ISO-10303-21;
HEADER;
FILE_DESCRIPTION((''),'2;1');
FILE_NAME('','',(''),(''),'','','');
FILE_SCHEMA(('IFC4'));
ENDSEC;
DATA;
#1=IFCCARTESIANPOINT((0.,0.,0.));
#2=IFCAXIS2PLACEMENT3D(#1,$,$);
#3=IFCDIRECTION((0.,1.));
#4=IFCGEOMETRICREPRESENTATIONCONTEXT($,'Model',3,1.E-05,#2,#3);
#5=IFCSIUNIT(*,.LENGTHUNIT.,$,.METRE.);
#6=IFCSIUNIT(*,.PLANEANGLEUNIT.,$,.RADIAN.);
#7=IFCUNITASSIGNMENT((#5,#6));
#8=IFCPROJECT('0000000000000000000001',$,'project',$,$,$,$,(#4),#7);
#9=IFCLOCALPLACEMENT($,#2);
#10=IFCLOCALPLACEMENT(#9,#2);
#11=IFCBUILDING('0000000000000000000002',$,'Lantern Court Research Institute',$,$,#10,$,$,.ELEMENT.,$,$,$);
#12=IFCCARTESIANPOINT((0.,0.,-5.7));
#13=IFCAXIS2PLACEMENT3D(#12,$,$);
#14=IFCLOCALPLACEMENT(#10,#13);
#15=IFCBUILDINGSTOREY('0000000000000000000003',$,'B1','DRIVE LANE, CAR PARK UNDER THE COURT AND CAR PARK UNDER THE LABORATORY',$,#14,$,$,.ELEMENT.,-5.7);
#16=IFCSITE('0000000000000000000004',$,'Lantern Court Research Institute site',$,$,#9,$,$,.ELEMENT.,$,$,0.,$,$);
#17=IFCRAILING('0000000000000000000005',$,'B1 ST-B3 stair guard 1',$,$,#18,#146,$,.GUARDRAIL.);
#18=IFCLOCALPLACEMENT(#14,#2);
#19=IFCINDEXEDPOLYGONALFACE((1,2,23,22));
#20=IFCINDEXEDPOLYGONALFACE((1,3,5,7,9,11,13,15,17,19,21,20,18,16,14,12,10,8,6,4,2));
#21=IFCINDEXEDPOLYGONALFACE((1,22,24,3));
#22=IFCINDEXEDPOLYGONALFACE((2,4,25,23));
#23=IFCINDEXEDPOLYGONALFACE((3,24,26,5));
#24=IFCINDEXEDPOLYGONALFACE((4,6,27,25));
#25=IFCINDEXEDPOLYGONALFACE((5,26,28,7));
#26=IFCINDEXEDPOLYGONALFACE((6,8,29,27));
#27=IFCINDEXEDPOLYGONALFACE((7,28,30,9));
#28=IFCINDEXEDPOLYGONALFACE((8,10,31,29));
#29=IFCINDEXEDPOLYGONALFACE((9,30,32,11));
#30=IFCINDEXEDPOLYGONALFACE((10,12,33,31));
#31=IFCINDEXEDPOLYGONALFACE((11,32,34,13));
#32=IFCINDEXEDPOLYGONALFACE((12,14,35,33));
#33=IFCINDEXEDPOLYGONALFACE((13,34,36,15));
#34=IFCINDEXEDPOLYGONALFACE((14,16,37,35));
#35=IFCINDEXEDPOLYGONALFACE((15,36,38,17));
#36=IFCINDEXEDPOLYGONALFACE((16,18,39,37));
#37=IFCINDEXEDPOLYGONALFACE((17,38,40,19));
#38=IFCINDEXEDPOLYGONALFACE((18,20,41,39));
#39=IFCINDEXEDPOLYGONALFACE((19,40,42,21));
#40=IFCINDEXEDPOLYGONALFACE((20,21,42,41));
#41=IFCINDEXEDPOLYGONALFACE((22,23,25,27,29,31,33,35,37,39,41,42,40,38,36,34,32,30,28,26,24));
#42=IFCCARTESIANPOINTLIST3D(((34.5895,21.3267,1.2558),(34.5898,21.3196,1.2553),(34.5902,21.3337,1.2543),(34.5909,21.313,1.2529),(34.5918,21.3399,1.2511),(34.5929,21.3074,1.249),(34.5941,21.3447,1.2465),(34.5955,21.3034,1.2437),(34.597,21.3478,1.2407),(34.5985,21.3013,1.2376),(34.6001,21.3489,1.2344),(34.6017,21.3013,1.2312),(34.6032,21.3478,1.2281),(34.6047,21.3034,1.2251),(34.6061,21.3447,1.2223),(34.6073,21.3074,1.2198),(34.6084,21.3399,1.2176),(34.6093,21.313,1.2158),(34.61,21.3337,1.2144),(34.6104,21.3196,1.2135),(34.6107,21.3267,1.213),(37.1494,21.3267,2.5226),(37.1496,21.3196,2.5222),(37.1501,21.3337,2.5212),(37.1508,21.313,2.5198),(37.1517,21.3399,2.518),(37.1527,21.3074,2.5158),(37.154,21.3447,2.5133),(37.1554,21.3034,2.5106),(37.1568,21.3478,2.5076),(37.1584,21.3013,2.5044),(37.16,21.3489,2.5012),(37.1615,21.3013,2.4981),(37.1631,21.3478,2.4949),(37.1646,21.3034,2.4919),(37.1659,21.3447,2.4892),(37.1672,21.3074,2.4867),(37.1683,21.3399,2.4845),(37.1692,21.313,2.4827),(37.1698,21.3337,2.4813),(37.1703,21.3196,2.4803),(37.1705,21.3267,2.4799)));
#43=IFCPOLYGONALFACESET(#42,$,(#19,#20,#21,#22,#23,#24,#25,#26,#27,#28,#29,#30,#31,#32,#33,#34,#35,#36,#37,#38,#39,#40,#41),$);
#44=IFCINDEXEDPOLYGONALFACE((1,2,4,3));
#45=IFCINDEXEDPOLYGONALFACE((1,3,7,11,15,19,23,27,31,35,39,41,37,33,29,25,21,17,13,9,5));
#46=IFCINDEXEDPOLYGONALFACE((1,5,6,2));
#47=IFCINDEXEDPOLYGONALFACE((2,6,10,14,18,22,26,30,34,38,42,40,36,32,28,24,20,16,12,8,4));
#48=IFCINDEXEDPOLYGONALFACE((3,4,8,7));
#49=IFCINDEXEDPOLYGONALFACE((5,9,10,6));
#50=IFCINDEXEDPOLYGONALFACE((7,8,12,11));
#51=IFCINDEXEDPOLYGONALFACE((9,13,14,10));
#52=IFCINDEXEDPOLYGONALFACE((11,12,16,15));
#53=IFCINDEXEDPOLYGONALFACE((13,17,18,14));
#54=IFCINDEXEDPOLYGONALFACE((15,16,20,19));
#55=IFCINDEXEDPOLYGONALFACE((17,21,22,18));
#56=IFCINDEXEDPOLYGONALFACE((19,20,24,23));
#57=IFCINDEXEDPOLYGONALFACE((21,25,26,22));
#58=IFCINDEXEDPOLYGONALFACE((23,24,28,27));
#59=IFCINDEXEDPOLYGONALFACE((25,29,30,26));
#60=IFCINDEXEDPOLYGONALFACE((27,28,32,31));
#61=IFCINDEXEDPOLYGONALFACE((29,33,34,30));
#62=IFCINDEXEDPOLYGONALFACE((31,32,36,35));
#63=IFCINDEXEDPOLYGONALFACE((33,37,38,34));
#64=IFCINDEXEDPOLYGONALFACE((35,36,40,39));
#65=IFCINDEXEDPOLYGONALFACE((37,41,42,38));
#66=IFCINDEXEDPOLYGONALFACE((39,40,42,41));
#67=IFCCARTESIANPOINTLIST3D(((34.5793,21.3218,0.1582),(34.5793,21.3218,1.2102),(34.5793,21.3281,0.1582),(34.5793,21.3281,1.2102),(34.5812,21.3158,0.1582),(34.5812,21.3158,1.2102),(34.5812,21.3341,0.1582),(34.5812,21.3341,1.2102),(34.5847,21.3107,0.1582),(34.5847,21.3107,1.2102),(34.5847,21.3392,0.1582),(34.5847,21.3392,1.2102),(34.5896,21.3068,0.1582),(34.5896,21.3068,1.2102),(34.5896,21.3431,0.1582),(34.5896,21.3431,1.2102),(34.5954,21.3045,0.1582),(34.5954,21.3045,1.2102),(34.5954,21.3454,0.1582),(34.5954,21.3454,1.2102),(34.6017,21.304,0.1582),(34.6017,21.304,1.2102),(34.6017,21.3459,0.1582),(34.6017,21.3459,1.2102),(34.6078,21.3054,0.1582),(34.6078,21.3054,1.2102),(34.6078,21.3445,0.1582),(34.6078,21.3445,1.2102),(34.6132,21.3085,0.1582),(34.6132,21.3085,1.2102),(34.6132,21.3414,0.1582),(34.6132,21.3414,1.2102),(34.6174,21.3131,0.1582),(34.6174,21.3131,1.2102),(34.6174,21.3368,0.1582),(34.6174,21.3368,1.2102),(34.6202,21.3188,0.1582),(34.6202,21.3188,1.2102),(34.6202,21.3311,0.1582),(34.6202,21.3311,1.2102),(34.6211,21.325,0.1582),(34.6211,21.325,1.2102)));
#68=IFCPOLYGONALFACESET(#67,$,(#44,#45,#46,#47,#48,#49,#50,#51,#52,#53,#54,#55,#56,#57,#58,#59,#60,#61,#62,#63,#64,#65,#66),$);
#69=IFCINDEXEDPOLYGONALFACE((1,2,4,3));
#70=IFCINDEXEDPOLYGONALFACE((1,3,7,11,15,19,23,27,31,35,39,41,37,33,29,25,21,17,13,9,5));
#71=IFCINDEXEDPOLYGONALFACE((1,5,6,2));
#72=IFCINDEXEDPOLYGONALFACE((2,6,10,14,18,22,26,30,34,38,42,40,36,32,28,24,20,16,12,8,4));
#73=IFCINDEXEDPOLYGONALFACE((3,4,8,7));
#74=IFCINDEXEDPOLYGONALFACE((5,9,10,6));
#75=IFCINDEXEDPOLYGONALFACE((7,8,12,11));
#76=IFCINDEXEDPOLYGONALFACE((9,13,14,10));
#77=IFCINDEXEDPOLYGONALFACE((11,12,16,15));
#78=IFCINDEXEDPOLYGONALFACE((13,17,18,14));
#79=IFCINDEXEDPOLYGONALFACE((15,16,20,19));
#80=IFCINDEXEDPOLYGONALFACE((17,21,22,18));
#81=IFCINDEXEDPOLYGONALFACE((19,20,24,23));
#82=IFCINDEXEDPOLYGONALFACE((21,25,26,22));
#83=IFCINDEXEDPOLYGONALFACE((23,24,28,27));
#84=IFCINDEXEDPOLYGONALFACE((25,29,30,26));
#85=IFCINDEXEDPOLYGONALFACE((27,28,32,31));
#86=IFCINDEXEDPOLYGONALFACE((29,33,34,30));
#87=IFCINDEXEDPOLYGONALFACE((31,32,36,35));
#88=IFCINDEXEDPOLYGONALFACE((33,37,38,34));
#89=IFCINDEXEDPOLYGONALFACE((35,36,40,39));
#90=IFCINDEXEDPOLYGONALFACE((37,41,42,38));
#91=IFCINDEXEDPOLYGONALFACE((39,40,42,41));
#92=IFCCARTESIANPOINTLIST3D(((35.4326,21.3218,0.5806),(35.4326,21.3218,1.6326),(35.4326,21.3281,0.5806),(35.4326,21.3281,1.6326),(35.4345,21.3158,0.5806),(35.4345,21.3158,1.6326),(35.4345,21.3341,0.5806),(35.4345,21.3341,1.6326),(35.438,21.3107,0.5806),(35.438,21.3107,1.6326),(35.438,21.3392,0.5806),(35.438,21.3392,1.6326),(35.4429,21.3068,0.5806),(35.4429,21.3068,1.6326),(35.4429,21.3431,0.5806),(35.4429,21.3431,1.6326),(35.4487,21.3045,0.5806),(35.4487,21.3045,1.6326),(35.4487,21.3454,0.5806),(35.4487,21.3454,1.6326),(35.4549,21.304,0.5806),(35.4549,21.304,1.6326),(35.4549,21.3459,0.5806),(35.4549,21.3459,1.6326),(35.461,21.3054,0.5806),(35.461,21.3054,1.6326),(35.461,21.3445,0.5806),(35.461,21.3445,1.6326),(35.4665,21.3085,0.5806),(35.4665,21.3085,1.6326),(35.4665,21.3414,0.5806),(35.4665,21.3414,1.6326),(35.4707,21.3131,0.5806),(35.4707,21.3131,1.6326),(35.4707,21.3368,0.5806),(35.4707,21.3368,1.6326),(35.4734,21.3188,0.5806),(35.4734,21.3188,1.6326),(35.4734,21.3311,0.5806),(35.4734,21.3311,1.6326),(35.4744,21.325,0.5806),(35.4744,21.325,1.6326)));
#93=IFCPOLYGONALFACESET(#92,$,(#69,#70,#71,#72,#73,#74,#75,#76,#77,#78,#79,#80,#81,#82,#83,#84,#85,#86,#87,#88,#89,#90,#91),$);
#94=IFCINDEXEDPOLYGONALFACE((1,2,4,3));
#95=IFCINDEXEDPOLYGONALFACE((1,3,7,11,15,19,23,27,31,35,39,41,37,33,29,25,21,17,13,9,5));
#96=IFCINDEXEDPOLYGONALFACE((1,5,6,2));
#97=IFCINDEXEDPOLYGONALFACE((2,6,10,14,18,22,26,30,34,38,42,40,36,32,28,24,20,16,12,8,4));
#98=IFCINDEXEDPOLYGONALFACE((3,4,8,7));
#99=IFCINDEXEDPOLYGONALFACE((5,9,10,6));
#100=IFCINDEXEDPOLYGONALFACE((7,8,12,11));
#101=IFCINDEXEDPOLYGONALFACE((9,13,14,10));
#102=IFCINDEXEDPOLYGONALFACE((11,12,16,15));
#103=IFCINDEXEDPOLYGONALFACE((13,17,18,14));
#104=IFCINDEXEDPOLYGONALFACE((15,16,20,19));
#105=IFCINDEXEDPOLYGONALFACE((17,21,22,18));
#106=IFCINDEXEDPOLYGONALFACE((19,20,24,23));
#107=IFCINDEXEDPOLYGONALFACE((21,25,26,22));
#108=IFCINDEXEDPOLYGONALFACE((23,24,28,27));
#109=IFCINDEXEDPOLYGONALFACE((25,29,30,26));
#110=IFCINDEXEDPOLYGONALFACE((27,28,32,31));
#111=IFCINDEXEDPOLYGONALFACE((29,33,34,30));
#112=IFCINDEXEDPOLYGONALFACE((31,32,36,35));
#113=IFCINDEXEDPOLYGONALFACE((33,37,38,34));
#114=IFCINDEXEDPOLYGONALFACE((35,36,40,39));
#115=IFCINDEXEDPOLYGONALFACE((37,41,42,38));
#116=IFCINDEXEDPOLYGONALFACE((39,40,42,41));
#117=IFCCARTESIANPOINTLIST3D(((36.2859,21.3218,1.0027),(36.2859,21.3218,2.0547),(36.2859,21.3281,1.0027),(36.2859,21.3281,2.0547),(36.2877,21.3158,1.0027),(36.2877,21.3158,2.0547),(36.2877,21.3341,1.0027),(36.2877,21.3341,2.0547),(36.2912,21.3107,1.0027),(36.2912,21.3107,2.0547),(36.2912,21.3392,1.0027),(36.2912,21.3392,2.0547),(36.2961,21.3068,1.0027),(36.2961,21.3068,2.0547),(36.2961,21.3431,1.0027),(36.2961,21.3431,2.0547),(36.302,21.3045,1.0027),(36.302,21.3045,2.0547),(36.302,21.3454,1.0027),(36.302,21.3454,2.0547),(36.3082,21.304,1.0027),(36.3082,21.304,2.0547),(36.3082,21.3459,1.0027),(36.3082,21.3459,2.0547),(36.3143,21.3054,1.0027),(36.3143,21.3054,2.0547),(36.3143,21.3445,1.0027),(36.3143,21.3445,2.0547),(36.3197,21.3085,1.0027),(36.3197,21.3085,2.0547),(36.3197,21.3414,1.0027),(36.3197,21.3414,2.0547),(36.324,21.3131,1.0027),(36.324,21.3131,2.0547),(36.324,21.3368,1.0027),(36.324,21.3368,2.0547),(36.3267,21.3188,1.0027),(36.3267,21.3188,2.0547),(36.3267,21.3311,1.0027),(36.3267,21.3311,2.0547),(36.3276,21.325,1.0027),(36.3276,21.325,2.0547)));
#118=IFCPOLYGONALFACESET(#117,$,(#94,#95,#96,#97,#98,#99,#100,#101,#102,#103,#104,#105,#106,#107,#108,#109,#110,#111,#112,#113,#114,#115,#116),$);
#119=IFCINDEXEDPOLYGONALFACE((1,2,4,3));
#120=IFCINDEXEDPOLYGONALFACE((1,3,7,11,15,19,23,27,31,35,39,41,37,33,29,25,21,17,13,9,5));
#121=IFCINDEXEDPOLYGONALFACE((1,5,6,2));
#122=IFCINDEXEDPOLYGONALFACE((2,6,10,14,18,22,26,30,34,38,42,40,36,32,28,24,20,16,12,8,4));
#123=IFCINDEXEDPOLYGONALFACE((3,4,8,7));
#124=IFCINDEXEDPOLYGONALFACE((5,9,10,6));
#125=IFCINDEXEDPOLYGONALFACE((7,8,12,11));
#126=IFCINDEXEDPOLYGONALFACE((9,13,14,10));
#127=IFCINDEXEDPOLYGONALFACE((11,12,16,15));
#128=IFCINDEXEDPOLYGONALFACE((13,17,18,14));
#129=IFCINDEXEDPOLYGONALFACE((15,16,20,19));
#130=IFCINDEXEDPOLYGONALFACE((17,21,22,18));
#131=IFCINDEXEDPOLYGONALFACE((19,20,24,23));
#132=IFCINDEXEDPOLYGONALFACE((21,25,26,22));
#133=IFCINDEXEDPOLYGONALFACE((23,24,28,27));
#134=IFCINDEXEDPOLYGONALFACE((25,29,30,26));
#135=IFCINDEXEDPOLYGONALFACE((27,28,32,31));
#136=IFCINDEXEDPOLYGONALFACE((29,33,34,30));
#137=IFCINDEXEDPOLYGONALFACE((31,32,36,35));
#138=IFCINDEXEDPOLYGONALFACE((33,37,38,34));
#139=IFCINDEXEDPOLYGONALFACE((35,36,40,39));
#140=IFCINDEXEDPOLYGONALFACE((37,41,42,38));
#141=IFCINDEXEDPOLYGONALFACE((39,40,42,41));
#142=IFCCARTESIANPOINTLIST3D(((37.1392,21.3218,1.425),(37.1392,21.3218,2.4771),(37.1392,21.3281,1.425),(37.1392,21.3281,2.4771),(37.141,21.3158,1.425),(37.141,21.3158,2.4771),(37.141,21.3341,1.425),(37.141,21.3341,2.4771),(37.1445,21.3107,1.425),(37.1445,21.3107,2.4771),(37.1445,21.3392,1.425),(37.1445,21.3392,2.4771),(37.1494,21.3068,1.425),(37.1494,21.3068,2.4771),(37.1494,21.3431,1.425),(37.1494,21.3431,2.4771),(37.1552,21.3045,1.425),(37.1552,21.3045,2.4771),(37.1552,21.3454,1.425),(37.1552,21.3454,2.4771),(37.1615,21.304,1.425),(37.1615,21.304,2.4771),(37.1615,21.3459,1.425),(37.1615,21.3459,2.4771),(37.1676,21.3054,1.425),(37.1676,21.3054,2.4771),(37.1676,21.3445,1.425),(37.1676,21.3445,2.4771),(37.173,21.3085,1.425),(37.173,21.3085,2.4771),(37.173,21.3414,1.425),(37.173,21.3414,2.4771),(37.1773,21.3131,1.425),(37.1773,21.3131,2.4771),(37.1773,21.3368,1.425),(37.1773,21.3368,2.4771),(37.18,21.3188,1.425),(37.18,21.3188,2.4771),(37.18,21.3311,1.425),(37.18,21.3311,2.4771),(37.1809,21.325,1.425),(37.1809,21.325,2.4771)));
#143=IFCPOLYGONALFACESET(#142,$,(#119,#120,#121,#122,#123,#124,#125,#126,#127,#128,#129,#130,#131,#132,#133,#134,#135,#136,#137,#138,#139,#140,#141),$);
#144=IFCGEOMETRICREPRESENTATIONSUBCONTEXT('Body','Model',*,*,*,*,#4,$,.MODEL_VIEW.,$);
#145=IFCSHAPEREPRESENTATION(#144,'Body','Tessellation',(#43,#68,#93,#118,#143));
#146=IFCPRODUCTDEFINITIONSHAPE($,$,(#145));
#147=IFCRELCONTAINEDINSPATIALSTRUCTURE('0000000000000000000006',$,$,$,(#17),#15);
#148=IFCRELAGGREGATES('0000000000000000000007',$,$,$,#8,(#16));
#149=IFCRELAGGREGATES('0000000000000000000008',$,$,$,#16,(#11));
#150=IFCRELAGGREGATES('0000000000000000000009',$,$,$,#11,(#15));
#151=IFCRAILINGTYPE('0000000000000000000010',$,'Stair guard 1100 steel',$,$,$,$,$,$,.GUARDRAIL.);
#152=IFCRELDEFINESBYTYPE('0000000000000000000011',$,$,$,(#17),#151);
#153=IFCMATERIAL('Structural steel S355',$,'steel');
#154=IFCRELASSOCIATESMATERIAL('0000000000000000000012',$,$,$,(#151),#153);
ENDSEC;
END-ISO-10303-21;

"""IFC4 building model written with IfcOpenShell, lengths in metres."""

from ifc_helpers import new_model, si_unit, direction, frame, origin, origin_2d, place, context, subcontext, project, spatial, circle, extrude, material, type_object, element, save


model = new_model("IFC4")

# Units and contexts
model_context = context("Model", 3, precision=1e-05, world=origin(), true_north=direction((0.0, 1.0)))
body_context = subcontext(model_context, "Body", "Model", "MODEL_VIEW")
ifc_project = project(units=[si_unit("LENGTHUNIT", "METRE"), si_unit("PLANEANGLEUNIT", "RADIAN")], contexts=[model_context])

# Site, building, storey
site_placement = place(None, origin())
site = spatial("IfcSite", under=ifc_project, at=site_placement, Name="Lantern Court Research Institute site", CompositionType="ELEMENT", RefElevation=0.0)
building_placement = place(site_placement, origin())
building = spatial("IfcBuilding", under=site, at=building_placement, Name="Lantern Court Research Institute", CompositionType="ELEMENT")
storey_placement = place(building_placement, frame((0.0, 0.0, -5.7)))
storey = spatial("IfcBuildingStorey", under=building, at=storey_placement, Name="B1", Description="DRIVE LANE, CAR PARK UNDER THE COURT AND CAR PARK UNDER THE LABORATORY", CompositionType="ELEMENT", Elevation=-5.7)

# Railing
ifc_material_1 = material(Name="Structural steel S355", Category="steel")
railing_type_1 = type_object("IfcRailingType", Name="Stair guard 1100 steel", PredefinedType="GUARDRAIL", material=ifc_material_1)
railing_1_placement = place(storey_placement, frame((34.6001, 21.325, 0.1582)))
element("IfcRailing", 1, at=railing_1_placement, inside=storey, type_object=railing_type_1, Name="B1 ST-B3 stair guard 1", PredefinedType="GUARDRAIL", context=body_context, shape_type="SweptSolid", body=[
    extrude(circle(Radius=0.0239, at=origin_2d()), frame((0.0, 0.0, 1.0762), z_axis=(0.896249, 0.0, 0.443551), x_axis=(0.0, 1.0, 0.0)), (0.0, 0.0, 1.0), 2.8562),
    extrude(circle(Radius=0.021, at=origin_2d()), origin(), (0.0, 0.0, 1.0), 1.052),
    extrude(circle(Radius=0.021, at=origin_2d()), frame((0.8533, 0.0, 0.4224)), (0.0, 0.0, 1.0), 1.052),
    extrude(circle(Radius=0.021, at=origin_2d()), frame((1.7065, 0.0, 0.8445)), (0.0, 0.0, 1.0), 1.052),
    extrude(circle(Radius=0.021, at=origin_2d()), frame((2.5598, 0.0, 1.2668)), (0.0, 0.0, 1.0), 1.052),
])

save(model, "model.ifc")
